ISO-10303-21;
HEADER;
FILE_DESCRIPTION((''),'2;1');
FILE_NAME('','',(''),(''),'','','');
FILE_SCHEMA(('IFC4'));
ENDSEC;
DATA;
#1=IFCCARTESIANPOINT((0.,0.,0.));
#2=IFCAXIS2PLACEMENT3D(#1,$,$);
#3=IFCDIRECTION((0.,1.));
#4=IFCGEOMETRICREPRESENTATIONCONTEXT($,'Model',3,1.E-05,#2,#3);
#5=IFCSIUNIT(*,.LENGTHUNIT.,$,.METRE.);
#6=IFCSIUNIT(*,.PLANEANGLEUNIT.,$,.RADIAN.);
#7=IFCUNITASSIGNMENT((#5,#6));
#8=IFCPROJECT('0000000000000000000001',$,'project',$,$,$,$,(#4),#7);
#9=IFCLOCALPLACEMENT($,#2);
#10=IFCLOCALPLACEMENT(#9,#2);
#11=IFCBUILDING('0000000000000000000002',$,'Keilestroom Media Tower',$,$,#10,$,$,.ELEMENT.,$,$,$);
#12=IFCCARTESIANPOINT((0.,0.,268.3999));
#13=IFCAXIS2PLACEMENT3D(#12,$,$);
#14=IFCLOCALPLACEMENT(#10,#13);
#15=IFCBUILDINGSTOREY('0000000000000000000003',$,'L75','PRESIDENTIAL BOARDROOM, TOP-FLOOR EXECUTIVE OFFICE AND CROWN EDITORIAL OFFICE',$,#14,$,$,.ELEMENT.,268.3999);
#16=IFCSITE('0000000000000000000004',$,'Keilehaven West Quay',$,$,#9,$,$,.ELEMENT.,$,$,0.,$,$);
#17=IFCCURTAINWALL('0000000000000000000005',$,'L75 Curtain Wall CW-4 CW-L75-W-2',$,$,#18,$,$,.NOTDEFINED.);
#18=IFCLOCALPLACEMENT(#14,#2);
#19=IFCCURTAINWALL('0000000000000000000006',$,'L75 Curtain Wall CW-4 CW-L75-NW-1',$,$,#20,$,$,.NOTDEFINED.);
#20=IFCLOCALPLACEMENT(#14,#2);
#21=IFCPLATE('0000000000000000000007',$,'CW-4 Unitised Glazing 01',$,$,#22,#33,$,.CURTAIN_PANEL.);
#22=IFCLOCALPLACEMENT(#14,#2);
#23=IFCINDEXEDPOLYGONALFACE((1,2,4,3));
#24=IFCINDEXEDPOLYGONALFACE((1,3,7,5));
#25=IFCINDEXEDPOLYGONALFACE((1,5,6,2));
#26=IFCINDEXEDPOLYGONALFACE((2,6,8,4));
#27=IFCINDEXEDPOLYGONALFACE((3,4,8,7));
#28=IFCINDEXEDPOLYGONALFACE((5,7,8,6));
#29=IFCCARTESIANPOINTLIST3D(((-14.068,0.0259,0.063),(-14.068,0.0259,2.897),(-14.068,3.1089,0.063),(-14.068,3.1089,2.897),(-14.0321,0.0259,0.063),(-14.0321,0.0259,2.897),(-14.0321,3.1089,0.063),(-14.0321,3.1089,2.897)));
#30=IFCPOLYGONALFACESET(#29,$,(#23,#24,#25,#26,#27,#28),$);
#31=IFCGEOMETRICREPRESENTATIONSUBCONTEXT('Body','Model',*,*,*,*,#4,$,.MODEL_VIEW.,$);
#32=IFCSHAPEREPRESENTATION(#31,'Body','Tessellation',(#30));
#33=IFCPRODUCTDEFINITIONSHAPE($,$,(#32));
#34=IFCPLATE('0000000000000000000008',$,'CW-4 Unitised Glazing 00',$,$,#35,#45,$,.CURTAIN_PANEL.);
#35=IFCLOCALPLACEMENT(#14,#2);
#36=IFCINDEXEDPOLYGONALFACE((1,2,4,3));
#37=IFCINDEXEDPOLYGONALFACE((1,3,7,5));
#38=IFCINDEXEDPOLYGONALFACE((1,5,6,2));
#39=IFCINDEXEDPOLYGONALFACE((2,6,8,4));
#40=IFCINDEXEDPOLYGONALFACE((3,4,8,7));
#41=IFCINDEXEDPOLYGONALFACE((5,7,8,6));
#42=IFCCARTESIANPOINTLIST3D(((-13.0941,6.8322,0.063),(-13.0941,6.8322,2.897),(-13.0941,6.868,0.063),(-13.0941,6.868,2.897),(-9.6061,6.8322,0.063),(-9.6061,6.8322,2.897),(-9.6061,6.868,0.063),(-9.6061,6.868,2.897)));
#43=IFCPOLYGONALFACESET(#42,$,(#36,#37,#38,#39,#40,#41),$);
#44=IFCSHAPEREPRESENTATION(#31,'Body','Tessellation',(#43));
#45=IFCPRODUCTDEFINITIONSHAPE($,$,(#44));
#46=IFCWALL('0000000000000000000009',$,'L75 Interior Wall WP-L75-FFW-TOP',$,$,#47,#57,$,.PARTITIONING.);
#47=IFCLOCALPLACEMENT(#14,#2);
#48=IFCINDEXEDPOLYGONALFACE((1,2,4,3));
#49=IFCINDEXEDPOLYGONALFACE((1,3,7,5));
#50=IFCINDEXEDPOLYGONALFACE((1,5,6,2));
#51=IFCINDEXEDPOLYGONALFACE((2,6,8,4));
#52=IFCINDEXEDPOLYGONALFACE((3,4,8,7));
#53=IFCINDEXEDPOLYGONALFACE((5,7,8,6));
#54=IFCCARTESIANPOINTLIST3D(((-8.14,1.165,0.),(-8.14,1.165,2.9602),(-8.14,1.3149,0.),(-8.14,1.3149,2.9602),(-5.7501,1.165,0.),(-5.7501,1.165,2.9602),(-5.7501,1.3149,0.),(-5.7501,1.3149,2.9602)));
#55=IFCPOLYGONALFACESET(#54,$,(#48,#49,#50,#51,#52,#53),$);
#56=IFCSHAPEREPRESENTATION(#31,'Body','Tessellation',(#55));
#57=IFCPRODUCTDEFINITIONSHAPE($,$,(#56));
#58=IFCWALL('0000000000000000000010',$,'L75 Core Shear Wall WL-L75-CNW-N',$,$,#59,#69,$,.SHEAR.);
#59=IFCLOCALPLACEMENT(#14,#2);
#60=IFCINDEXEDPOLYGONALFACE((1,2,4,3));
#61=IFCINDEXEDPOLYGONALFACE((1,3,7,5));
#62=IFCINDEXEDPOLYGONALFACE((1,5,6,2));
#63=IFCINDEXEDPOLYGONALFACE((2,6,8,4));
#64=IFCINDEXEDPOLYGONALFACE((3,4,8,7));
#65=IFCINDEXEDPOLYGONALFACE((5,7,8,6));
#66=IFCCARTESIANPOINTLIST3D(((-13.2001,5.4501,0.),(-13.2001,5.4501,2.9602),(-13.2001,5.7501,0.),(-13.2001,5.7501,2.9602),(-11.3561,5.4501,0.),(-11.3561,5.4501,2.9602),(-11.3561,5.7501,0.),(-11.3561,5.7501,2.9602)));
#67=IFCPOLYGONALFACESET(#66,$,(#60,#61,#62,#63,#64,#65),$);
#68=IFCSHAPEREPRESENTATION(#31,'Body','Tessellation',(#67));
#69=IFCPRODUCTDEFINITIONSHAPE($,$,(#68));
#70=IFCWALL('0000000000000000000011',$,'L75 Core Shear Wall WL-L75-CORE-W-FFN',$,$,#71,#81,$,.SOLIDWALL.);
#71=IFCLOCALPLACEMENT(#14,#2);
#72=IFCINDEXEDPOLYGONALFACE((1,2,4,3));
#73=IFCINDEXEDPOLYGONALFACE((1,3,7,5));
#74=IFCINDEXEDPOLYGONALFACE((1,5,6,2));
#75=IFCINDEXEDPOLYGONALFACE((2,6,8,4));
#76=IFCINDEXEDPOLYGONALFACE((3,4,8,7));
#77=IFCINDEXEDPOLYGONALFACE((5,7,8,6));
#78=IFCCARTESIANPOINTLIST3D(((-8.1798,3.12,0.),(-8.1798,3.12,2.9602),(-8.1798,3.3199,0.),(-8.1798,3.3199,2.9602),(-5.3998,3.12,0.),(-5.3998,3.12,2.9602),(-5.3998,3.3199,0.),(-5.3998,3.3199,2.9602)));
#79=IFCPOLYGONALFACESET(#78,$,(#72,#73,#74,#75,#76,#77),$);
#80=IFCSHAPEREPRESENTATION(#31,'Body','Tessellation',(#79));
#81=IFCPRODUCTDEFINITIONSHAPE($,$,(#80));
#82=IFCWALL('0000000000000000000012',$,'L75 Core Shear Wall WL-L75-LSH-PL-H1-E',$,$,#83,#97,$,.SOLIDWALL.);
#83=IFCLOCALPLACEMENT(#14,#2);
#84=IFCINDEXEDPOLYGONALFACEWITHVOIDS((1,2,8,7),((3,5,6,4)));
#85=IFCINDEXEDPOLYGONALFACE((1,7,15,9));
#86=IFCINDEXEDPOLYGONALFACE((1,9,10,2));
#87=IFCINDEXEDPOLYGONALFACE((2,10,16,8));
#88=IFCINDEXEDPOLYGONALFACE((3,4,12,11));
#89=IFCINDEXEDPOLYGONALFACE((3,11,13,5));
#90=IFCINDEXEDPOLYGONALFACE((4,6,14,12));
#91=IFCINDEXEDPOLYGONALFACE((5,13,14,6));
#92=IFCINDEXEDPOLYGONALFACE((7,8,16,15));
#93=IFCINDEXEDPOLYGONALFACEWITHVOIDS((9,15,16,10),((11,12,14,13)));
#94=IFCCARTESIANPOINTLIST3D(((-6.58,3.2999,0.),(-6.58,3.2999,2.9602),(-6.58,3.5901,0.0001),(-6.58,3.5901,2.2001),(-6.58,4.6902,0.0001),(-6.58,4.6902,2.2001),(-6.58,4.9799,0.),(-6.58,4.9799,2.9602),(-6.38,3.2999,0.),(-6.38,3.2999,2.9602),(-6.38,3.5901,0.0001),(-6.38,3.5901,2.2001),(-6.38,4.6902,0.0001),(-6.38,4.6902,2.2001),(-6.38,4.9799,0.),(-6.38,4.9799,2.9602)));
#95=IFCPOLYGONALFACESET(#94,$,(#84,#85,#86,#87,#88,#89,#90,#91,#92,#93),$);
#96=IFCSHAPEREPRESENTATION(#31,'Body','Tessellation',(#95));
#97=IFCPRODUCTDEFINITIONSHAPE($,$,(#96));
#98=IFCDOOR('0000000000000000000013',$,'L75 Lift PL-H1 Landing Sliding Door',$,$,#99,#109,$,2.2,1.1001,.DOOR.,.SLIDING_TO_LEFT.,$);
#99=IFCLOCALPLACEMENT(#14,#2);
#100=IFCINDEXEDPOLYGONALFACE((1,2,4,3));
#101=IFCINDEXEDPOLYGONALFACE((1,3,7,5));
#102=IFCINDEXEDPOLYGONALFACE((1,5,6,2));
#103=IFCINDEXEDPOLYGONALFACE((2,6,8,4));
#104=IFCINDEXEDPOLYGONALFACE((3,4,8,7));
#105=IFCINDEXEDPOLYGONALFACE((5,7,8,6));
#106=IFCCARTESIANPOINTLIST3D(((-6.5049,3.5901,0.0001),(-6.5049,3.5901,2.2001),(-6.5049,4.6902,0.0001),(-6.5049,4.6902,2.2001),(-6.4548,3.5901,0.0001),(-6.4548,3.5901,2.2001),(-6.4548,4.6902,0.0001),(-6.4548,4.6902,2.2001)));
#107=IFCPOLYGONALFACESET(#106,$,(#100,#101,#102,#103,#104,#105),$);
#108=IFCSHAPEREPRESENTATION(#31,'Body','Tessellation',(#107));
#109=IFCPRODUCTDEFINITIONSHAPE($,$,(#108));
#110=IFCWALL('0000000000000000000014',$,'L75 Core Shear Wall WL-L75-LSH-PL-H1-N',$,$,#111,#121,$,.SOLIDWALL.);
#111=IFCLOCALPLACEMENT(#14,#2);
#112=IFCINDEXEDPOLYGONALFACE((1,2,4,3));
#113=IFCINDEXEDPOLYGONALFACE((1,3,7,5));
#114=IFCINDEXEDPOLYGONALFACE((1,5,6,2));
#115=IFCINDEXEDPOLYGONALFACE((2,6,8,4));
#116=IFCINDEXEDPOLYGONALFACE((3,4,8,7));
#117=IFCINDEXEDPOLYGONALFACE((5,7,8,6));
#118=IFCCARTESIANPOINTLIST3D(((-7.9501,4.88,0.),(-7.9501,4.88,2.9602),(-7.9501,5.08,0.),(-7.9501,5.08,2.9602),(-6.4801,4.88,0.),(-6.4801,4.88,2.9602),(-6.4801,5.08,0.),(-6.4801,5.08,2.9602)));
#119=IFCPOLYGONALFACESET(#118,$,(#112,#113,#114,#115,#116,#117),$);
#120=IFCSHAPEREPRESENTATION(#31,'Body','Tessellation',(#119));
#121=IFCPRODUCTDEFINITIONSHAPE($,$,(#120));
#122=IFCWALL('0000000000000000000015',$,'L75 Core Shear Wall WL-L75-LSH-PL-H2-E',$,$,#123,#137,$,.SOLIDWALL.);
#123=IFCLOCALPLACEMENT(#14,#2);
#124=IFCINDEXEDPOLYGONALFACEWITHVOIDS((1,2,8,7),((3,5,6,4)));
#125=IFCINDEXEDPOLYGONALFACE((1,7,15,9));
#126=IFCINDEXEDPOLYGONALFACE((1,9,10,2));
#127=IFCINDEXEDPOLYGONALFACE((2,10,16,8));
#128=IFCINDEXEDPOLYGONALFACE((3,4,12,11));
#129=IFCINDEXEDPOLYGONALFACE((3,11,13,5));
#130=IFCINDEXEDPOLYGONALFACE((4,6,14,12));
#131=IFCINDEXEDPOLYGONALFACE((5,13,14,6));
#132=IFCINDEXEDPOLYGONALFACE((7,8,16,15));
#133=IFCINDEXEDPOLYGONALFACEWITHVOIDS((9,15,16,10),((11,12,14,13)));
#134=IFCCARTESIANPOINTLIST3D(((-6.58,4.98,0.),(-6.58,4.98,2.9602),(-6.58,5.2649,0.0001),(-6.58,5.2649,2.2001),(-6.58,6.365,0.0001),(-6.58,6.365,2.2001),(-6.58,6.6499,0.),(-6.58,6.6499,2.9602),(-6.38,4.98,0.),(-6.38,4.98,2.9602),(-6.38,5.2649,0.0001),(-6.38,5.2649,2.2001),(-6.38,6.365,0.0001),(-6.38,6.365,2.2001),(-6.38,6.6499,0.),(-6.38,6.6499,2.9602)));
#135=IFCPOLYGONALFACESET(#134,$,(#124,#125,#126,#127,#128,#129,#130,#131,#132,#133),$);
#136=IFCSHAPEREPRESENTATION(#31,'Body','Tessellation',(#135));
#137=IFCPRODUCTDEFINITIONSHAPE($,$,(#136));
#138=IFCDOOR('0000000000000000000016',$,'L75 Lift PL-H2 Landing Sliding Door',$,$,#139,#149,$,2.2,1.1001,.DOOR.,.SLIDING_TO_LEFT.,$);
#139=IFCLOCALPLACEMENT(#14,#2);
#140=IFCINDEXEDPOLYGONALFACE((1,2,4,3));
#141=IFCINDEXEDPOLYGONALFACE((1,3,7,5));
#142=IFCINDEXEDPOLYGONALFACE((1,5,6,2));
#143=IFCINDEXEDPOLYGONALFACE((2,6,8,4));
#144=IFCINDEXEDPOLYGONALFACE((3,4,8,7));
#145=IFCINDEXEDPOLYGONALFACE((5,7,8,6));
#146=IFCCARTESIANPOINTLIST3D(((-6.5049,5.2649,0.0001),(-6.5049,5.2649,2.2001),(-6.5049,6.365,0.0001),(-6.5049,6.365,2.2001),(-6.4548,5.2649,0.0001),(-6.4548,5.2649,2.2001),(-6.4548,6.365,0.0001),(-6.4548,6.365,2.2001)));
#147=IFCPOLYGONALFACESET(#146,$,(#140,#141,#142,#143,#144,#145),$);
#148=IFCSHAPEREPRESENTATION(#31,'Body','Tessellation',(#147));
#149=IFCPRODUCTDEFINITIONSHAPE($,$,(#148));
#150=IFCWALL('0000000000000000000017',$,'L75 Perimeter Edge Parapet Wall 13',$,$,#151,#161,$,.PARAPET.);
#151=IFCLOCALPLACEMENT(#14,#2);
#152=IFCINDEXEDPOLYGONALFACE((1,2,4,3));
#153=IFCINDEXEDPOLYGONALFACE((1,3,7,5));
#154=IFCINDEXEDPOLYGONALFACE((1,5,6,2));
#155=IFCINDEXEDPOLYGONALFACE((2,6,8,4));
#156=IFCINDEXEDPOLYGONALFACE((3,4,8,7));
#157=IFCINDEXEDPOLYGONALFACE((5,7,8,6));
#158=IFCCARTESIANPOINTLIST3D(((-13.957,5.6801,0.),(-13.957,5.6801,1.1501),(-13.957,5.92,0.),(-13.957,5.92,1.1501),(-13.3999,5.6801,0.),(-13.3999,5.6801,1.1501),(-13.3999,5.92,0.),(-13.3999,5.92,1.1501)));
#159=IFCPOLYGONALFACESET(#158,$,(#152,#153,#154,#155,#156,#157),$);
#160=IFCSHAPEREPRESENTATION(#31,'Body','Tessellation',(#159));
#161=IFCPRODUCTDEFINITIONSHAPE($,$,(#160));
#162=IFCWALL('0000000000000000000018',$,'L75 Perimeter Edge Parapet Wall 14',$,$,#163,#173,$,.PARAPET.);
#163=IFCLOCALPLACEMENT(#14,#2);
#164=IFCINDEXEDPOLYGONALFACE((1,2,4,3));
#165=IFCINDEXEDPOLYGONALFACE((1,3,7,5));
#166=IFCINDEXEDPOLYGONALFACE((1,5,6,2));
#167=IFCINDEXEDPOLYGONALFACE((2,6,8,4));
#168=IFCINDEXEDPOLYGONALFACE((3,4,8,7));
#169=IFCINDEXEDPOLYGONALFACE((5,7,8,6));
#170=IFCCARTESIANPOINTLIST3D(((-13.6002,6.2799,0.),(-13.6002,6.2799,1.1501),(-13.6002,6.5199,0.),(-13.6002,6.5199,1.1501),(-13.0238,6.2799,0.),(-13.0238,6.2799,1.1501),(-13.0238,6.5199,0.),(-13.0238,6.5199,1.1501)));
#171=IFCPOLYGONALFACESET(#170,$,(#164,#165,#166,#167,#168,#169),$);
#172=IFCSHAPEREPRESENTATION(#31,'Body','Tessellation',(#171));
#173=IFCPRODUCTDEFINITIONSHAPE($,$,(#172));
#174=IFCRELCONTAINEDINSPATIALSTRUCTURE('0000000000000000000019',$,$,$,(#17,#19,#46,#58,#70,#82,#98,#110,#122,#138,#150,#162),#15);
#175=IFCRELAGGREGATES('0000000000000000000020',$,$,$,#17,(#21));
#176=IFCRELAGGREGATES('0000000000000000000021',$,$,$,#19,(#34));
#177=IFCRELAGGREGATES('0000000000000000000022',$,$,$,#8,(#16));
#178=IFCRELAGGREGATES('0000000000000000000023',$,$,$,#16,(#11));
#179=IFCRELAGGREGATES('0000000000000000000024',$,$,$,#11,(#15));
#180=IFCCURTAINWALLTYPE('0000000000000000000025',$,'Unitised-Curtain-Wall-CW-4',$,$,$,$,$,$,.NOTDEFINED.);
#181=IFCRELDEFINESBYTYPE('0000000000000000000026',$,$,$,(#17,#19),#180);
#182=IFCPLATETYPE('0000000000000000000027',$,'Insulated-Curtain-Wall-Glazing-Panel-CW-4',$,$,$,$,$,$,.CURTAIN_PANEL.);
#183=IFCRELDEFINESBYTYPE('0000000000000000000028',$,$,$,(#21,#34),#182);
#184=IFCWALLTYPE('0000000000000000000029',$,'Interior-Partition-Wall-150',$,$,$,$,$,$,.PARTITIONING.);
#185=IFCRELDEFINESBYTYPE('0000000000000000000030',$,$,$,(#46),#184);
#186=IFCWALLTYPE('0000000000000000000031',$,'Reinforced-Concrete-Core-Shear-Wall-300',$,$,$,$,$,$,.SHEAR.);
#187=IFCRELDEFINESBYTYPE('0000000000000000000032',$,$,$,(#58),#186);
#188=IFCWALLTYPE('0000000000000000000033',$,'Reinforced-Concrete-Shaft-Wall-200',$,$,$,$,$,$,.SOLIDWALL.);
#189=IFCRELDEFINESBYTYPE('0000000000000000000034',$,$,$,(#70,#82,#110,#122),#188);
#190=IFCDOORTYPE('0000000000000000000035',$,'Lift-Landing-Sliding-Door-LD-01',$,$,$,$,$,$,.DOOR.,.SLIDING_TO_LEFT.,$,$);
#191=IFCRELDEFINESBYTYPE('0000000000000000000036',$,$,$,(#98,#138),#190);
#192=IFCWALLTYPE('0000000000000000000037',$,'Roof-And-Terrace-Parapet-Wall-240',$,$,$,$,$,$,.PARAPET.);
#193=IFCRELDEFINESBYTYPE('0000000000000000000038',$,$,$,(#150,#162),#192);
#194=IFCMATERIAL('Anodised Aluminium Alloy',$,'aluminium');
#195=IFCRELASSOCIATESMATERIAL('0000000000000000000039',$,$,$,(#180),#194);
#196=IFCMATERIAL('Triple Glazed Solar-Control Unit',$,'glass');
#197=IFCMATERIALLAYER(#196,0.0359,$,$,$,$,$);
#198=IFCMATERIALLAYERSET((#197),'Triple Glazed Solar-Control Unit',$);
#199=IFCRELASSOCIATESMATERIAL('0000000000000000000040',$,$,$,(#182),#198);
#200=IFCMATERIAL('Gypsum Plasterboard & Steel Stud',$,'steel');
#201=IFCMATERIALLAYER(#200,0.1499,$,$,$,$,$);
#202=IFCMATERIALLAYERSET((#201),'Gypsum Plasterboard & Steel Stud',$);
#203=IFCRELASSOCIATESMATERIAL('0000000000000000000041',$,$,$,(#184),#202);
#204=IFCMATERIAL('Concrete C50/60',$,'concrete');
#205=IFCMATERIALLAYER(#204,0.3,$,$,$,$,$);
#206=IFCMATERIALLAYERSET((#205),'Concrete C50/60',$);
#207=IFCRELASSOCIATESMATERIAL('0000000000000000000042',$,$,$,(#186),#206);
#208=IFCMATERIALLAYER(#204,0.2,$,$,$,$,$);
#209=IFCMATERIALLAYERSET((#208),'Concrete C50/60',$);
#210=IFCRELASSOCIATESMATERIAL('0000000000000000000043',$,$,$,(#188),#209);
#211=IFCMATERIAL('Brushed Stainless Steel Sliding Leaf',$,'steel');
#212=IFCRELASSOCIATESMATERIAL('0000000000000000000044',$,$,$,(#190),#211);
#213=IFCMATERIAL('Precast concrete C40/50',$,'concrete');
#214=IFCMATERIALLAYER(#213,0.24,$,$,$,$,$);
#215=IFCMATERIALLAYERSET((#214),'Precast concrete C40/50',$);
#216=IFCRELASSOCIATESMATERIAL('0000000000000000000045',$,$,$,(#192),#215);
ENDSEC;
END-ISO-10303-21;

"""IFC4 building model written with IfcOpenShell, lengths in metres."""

from ifc_helpers import new_model, si_unit, direction, frame, frame_2d, origin, origin_2d, place, context, subcontext, project, spatial, rectangle, extrude, source, transform, mapped, material, layer, layer_set, type_object, element, fill, aggregate, save


model = new_model("IFC4")

# Units and contexts
model_context = context("Model", 3, precision=1e-05, world=origin(), true_north=direction((0.0, 1.0)))
body_context = subcontext(model_context, "Body", "Model", "MODEL_VIEW")
ifc_project = project(units=[si_unit("LENGTHUNIT", "METRE"), si_unit("PLANEANGLEUNIT", "RADIAN")], contexts=[model_context])

# Site, building, storey
site_placement = place(None, origin())
site = spatial("IfcSite", under=ifc_project, at=site_placement, Name="Keilehaven West Quay", CompositionType="ELEMENT", RefElevation=0.0)
building_placement = place(site_placement, origin())
building = spatial("IfcBuilding", under=site, at=building_placement, Name="Keilestroom Media Tower", CompositionType="ELEMENT")
storey_placement = place(building_placement, frame((0.0, 0.0, 268.3999)))
storey = spatial("IfcBuildingStorey", under=building, at=storey_placement, Name="L75", Description="PRESIDENTIAL BOARDROOM, TOP-FLOOR EXECUTIVE OFFICE AND CROWN EDITORIAL OFFICE", CompositionType="ELEMENT", Elevation=268.3999)

# Shared definitions
ifc_material_1 = material(Name="Precast concrete C40/50", Category="concrete")

# Curtain walls
ifc_material_2 = material(Name="Anodised Aluminium Alloy", Category="aluminium")
curtain_wall_type = type_object("IfcCurtainWallType", Name="Unitised-Curtain-Wall-CW-4", PredefinedType="NOTDEFINED", material=ifc_material_2)
curtain_wall_1_placement = place(storey_placement, origin())
curtain_wall_1 = element("IfcCurtainWall", 1, at=curtain_wall_1_placement, inside=storey, type_object=curtain_wall_type, Name="L75 Curtain Wall CW-4 CW-L75-W-2", PredefinedType="NOTDEFINED")
curtain_wall_2_placement = place(storey_placement, origin())
curtain_wall_2 = element("IfcCurtainWall", 2, at=curtain_wall_2_placement, inside=storey, type_object=curtain_wall_type, Name="L75 Curtain Wall CW-4 CW-L75-NW-1", PredefinedType="NOTDEFINED")

# Plates
ifc_material_3 = material(Name="Triple Glazed Solar-Control Unit", Category="glass")
ifc_layer_1 = layer(ifc_material_3, 0.0359)
ifc_layer_set_1 = layer_set([ifc_layer_1], Name="Triple Glazed Solar-Control Unit")
plate_type = type_object("IfcPlateType", Name="Insulated-Curtain-Wall-Glazing-Panel-CW-4", PredefinedType="CURTAIN_PANEL", material=ifc_layer_set_1)
shared_shape_1 = source(origin(), body_context, "Body", "SweptSolid", [
    extrude(rectangle(XDim=3.083, YDim=0.0359, at=origin_2d()), origin(), (0.0, 0.0, 1.0), 2.834),
])
plate_1_placement = place(storey_placement, frame((-14.05, 1.5674, 0.063), z_axis=(0.0, 0.0, 1.0), x_axis=(0.0, 1.0, 0.0)))
plate_1 = element("IfcPlate", 3, at=plate_1_placement, type_object=plate_type, Name="CW-4 Unitised Glazing 01", PredefinedType="CURTAIN_PANEL", context=body_context, shape_type="MappedRepresentation", body=[
    mapped(shared_shape_1, transform((0.0, 0.0, 0.0), x_axis=(1.0, 0.0, 0.0), y_axis=(0.0, 1.0, 0.0), z_axis=(0.0, 0.0, 1.0), scale=1.0)),
])
aggregate(curtain_wall_1, [plate_1])
shared_shape_2 = source(origin(), body_context, "Body", "SweptSolid", [
    extrude(rectangle(XDim=3.488, YDim=0.0359, at=origin_2d()), origin(), (0.0, 0.0, 1.0), 2.834),
])
plate_2_placement = place(storey_placement, frame((-11.3501, 6.8501, 0.063), z_axis=(0.0, 0.0, 1.0), x_axis=(1.0, 0.0, 0.0)))
plate_2 = element("IfcPlate", 4, at=plate_2_placement, type_object=plate_type, Name="CW-4 Unitised Glazing 00", PredefinedType="CURTAIN_PANEL", context=body_context, shape_type="MappedRepresentation", body=[
    mapped(shared_shape_2, transform((0.0, 0.0, 0.0), x_axis=(1.0, 0.0, 0.0), y_axis=(0.0, 1.0, 0.0), z_axis=(0.0, 0.0, 1.0), scale=1.0)),
])
aggregate(curtain_wall_2, [plate_2])

# Walls
ifc_material_4 = material(Name="Gypsum Plasterboard & Steel Stud", Category="steel")
ifc_layer_2 = layer(ifc_material_4, 0.1499)
ifc_layer_set_2 = layer_set([ifc_layer_2], Name="Gypsum Plasterboard & Steel Stud")
wall_type_1 = type_object("IfcWallType", Name="Interior-Partition-Wall-150", PredefinedType="PARTITIONING", material=ifc_layer_set_2)
wall_1_placement = place(storey_placement, frame((-8.1399, 1.24, 0.0), z_axis=(0.0, 0.0, 1.0), x_axis=(1.0, 0.0, 0.0)))
element("IfcWall", 5, at=wall_1_placement, inside=storey, type_object=wall_type_1, Name="L75 Interior Wall WP-L75-FFW-TOP", PredefinedType="PARTITIONING", context=body_context, shape_type="SweptSolid", body=[
    extrude(rectangle(XDim=2.3899, YDim=0.1499, at=frame_2d((1.1948, 0.0))), origin(), (0.0, 0.0, 1.0), 2.9602),
])
ifc_material_5 = material(Name="Concrete C50/60", Category="concrete")
ifc_layer_3 = layer(ifc_material_5, 0.3)
ifc_layer_set_3 = layer_set([ifc_layer_3], Name="Concrete C50/60")
wall_type_2 = type_object("IfcWallType", Name="Reinforced-Concrete-Core-Shear-Wall-300", PredefinedType="SHEAR", material=ifc_layer_set_3)
wall_2_placement = place(storey_placement, frame((-13.2, 5.6001, 0.0), z_axis=(0.0, 0.0, 1.0), x_axis=(1.0, 0.0, 0.0)))
element("IfcWall", 6, at=wall_2_placement, inside=storey, type_object=wall_type_2, Name="L75 Core Shear Wall WL-L75-CNW-N", PredefinedType="SHEAR", context=body_context, shape_type="SweptSolid", body=[
    extrude(rectangle(XDim=1.844, YDim=0.3, at=frame_2d((0.9219, 0.0))), origin(), (0.0, 0.0, 1.0), 2.9602),
])
ifc_layer_4 = layer(ifc_material_5, 0.2)
ifc_layer_set_4 = layer_set([ifc_layer_4], Name="Concrete C50/60")
wall_type_3 = type_object("IfcWallType", Name="Reinforced-Concrete-Shaft-Wall-200", PredefinedType="SOLIDWALL", material=ifc_layer_set_4)
wall_3_placement = place(storey_placement, frame((-8.1799, 3.22, 0.0), z_axis=(0.0, 0.0, 1.0), x_axis=(1.0, 0.0, 0.0)))
element("IfcWall", 7, at=wall_3_placement, inside=storey, type_object=wall_type_3, Name="L75 Core Shear Wall WL-L75-CORE-W-FFN", PredefinedType="SOLIDWALL", context=body_context, shape_type="SweptSolid", body=[
    extrude(rectangle(XDim=2.78, YDim=0.2, at=frame_2d((1.3901, 0.0))), origin(), (0.0, 0.0, 1.0), 2.9602),
])

# Wall, opening, door
wall_4_placement = place(storey_placement, frame((-6.48, 3.3, 0.0), z_axis=(0.0, 0.0, 1.0), x_axis=(0.0, 1.0, 0.0)))
wall_4 = element("IfcWall", 8, at=wall_4_placement, inside=storey, type_object=wall_type_3, Name="L75 Core Shear Wall WL-L75-LSH-PL-H1-E", PredefinedType="SOLIDWALL", context=body_context, shape_type="SweptSolid", body=[
    extrude(rectangle(XDim=1.6799, YDim=0.2, at=frame_2d((0.8398, 0.0))), origin(), (0.0, 0.0, 1.0), 2.9602),
])
opening_1_placement = place(wall_4_placement, frame((0.29, 0.0, 0.0)))
opening_1 = element("IfcOpeningElement", 9, at=opening_1_placement, cuts=wall_4, PredefinedType="OPENING", context=body_context, shape_type="SweptSolid", body=[
    extrude(rectangle(XDim=1.1001, YDim=2.2, at=frame_2d((0.55, 1.1001))), frame((0.0, 0.1099, 0.0), z_axis=(0.0, -1.0, 0.0), x_axis=(1.0, 0.0, 0.0)), (0.0, 0.0, 1.0), 0.22),
])
ifc_material_6 = material(Name="Brushed Stainless Steel Sliding Leaf", Category="steel")
door_type = type_object("IfcDoorType", Name="Lift-Landing-Sliding-Door-LD-01", OperationType="SLIDING_TO_LEFT", PredefinedType="DOOR", material=ifc_material_6)
shared_shape_3 = source(origin(), body_context, "Body", "SweptSolid", [
    extrude(rectangle(XDim=1.1001, YDim=2.2, at=frame_2d((0.55, 1.1001))), frame((0.0, 0.0249, 0.0), z_axis=(0.0, -1.0, 0.0), x_axis=(1.0, 0.0, 0.0)), (0.0, 0.0, 1.0), 0.05),
])
door_1_placement = place(opening_1_placement, origin())
door_1 = element("IfcDoor", 10, at=door_1_placement, inside=storey, type_object=door_type, Name="L75 Lift PL-H1 Landing Sliding Door", OperationType="SLIDING_TO_LEFT", OverallHeight=2.2, OverallWidth=1.1001, PredefinedType="DOOR", context=body_context, shape_type="MappedRepresentation", body=[
    mapped(shared_shape_3, transform((0.0, 0.0, 0.0), x_axis=(1.0, 0.0, 0.0), y_axis=(0.0, 1.0, 0.0), z_axis=(0.0, 0.0, 1.0), scale=1.0)),
])
fill(opening_1, door_1)

# Wall
wall_5_placement = place(storey_placement, frame((-7.95, 4.98, 0.0), z_axis=(0.0, 0.0, 1.0), x_axis=(1.0, 0.0, 0.0)))
element("IfcWall", 11, at=wall_5_placement, inside=storey, type_object=wall_type_3, Name="L75 Core Shear Wall WL-L75-LSH-PL-H1-N", PredefinedType="SOLIDWALL", context=body_context, shape_type="SweptSolid", body=[
    extrude(rectangle(XDim=1.47, YDim=0.2, at=frame_2d((0.7349, 0.0))), origin(), (0.0, 0.0, 1.0), 2.9602),
])

# Wall, opening, door
wall_6_placement = place(storey_placement, frame((-6.48, 4.98, 0.0), z_axis=(0.0, 0.0, 1.0), x_axis=(0.0, 1.0, 0.0)))
wall_6 = element("IfcWall", 12, at=wall_6_placement, inside=storey, type_object=wall_type_3, Name="L75 Core Shear Wall WL-L75-LSH-PL-H2-E", PredefinedType="SOLIDWALL", context=body_context, shape_type="SweptSolid", body=[
    extrude(rectangle(XDim=1.6699, YDim=0.2, at=frame_2d((0.835, 0.0))), origin(), (0.0, 0.0, 1.0), 2.9602),
])
opening_2_placement = place(wall_6_placement, frame((0.2849, 0.0, 0.0)))
opening_2 = element("IfcOpeningElement", 13, at=opening_2_placement, cuts=wall_6, PredefinedType="OPENING", context=body_context, shape_type="SweptSolid", body=[
    extrude(rectangle(XDim=1.1001, YDim=2.2, at=frame_2d((0.55, 1.1001))), frame((0.0, 0.1099, 0.0), z_axis=(0.0, -1.0, 0.0), x_axis=(1.0, 0.0, 0.0)), (0.0, 0.0, 1.0), 0.22),
])
door_2_placement = place(opening_2_placement, origin())
door_2 = element("IfcDoor", 14, at=door_2_placement, inside=storey, type_object=door_type, Name="L75 Lift PL-H2 Landing Sliding Door", OperationType="SLIDING_TO_LEFT", OverallHeight=2.2, OverallWidth=1.1001, PredefinedType="DOOR", context=body_context, shape_type="MappedRepresentation", body=[
    mapped(shared_shape_3, transform((0.0, 0.0, 0.0), x_axis=(1.0, 0.0, 0.0), y_axis=(0.0, 1.0, 0.0), z_axis=(0.0, 0.0, 1.0), scale=1.0)),
])
fill(opening_2, door_2)

# Walls
ifc_layer_5 = layer(ifc_material_1, 0.24)
ifc_layer_set_5 = layer_set([ifc_layer_5], Name="Precast concrete C40/50")
wall_type_4 = type_object("IfcWallType", Name="Roof-And-Terrace-Parapet-Wall-240", PredefinedType="PARAPET", material=ifc_layer_set_5)
wall_7_placement = place(storey_placement, frame((-13.957, 5.8, 0.0), z_axis=(0.0, 0.0, 1.0), x_axis=(1.0, 0.0, 0.0)))
element("IfcWall", 15, at=wall_7_placement, inside=storey, type_object=wall_type_4, Name="L75 Perimeter Edge Parapet Wall 13", PredefinedType="PARAPET", context=body_context, shape_type="SweptSolid", body=[
    extrude(rectangle(XDim=0.5571, YDim=0.24, at=frame_2d((0.2786, 0.0))), origin(), (0.0, 0.0, 1.0), 1.1501),
])
wall_8_placement = place(storey_placement, frame((-13.6001, 6.3999, 0.0), z_axis=(0.0, 0.0, 1.0), x_axis=(1.0, 0.0, 0.0)))
element("IfcWall", 16, at=wall_8_placement, inside=storey, type_object=wall_type_4, Name="L75 Perimeter Edge Parapet Wall 14", PredefinedType="PARAPET", context=body_context, shape_type="SweptSolid", body=[
    extrude(rectangle(XDim=0.5764, YDim=0.24, at=frame_2d((0.2881, 0.0))), origin(), (0.0, 0.0, 1.0), 1.1501),
])

save(model, "model.ifc")
